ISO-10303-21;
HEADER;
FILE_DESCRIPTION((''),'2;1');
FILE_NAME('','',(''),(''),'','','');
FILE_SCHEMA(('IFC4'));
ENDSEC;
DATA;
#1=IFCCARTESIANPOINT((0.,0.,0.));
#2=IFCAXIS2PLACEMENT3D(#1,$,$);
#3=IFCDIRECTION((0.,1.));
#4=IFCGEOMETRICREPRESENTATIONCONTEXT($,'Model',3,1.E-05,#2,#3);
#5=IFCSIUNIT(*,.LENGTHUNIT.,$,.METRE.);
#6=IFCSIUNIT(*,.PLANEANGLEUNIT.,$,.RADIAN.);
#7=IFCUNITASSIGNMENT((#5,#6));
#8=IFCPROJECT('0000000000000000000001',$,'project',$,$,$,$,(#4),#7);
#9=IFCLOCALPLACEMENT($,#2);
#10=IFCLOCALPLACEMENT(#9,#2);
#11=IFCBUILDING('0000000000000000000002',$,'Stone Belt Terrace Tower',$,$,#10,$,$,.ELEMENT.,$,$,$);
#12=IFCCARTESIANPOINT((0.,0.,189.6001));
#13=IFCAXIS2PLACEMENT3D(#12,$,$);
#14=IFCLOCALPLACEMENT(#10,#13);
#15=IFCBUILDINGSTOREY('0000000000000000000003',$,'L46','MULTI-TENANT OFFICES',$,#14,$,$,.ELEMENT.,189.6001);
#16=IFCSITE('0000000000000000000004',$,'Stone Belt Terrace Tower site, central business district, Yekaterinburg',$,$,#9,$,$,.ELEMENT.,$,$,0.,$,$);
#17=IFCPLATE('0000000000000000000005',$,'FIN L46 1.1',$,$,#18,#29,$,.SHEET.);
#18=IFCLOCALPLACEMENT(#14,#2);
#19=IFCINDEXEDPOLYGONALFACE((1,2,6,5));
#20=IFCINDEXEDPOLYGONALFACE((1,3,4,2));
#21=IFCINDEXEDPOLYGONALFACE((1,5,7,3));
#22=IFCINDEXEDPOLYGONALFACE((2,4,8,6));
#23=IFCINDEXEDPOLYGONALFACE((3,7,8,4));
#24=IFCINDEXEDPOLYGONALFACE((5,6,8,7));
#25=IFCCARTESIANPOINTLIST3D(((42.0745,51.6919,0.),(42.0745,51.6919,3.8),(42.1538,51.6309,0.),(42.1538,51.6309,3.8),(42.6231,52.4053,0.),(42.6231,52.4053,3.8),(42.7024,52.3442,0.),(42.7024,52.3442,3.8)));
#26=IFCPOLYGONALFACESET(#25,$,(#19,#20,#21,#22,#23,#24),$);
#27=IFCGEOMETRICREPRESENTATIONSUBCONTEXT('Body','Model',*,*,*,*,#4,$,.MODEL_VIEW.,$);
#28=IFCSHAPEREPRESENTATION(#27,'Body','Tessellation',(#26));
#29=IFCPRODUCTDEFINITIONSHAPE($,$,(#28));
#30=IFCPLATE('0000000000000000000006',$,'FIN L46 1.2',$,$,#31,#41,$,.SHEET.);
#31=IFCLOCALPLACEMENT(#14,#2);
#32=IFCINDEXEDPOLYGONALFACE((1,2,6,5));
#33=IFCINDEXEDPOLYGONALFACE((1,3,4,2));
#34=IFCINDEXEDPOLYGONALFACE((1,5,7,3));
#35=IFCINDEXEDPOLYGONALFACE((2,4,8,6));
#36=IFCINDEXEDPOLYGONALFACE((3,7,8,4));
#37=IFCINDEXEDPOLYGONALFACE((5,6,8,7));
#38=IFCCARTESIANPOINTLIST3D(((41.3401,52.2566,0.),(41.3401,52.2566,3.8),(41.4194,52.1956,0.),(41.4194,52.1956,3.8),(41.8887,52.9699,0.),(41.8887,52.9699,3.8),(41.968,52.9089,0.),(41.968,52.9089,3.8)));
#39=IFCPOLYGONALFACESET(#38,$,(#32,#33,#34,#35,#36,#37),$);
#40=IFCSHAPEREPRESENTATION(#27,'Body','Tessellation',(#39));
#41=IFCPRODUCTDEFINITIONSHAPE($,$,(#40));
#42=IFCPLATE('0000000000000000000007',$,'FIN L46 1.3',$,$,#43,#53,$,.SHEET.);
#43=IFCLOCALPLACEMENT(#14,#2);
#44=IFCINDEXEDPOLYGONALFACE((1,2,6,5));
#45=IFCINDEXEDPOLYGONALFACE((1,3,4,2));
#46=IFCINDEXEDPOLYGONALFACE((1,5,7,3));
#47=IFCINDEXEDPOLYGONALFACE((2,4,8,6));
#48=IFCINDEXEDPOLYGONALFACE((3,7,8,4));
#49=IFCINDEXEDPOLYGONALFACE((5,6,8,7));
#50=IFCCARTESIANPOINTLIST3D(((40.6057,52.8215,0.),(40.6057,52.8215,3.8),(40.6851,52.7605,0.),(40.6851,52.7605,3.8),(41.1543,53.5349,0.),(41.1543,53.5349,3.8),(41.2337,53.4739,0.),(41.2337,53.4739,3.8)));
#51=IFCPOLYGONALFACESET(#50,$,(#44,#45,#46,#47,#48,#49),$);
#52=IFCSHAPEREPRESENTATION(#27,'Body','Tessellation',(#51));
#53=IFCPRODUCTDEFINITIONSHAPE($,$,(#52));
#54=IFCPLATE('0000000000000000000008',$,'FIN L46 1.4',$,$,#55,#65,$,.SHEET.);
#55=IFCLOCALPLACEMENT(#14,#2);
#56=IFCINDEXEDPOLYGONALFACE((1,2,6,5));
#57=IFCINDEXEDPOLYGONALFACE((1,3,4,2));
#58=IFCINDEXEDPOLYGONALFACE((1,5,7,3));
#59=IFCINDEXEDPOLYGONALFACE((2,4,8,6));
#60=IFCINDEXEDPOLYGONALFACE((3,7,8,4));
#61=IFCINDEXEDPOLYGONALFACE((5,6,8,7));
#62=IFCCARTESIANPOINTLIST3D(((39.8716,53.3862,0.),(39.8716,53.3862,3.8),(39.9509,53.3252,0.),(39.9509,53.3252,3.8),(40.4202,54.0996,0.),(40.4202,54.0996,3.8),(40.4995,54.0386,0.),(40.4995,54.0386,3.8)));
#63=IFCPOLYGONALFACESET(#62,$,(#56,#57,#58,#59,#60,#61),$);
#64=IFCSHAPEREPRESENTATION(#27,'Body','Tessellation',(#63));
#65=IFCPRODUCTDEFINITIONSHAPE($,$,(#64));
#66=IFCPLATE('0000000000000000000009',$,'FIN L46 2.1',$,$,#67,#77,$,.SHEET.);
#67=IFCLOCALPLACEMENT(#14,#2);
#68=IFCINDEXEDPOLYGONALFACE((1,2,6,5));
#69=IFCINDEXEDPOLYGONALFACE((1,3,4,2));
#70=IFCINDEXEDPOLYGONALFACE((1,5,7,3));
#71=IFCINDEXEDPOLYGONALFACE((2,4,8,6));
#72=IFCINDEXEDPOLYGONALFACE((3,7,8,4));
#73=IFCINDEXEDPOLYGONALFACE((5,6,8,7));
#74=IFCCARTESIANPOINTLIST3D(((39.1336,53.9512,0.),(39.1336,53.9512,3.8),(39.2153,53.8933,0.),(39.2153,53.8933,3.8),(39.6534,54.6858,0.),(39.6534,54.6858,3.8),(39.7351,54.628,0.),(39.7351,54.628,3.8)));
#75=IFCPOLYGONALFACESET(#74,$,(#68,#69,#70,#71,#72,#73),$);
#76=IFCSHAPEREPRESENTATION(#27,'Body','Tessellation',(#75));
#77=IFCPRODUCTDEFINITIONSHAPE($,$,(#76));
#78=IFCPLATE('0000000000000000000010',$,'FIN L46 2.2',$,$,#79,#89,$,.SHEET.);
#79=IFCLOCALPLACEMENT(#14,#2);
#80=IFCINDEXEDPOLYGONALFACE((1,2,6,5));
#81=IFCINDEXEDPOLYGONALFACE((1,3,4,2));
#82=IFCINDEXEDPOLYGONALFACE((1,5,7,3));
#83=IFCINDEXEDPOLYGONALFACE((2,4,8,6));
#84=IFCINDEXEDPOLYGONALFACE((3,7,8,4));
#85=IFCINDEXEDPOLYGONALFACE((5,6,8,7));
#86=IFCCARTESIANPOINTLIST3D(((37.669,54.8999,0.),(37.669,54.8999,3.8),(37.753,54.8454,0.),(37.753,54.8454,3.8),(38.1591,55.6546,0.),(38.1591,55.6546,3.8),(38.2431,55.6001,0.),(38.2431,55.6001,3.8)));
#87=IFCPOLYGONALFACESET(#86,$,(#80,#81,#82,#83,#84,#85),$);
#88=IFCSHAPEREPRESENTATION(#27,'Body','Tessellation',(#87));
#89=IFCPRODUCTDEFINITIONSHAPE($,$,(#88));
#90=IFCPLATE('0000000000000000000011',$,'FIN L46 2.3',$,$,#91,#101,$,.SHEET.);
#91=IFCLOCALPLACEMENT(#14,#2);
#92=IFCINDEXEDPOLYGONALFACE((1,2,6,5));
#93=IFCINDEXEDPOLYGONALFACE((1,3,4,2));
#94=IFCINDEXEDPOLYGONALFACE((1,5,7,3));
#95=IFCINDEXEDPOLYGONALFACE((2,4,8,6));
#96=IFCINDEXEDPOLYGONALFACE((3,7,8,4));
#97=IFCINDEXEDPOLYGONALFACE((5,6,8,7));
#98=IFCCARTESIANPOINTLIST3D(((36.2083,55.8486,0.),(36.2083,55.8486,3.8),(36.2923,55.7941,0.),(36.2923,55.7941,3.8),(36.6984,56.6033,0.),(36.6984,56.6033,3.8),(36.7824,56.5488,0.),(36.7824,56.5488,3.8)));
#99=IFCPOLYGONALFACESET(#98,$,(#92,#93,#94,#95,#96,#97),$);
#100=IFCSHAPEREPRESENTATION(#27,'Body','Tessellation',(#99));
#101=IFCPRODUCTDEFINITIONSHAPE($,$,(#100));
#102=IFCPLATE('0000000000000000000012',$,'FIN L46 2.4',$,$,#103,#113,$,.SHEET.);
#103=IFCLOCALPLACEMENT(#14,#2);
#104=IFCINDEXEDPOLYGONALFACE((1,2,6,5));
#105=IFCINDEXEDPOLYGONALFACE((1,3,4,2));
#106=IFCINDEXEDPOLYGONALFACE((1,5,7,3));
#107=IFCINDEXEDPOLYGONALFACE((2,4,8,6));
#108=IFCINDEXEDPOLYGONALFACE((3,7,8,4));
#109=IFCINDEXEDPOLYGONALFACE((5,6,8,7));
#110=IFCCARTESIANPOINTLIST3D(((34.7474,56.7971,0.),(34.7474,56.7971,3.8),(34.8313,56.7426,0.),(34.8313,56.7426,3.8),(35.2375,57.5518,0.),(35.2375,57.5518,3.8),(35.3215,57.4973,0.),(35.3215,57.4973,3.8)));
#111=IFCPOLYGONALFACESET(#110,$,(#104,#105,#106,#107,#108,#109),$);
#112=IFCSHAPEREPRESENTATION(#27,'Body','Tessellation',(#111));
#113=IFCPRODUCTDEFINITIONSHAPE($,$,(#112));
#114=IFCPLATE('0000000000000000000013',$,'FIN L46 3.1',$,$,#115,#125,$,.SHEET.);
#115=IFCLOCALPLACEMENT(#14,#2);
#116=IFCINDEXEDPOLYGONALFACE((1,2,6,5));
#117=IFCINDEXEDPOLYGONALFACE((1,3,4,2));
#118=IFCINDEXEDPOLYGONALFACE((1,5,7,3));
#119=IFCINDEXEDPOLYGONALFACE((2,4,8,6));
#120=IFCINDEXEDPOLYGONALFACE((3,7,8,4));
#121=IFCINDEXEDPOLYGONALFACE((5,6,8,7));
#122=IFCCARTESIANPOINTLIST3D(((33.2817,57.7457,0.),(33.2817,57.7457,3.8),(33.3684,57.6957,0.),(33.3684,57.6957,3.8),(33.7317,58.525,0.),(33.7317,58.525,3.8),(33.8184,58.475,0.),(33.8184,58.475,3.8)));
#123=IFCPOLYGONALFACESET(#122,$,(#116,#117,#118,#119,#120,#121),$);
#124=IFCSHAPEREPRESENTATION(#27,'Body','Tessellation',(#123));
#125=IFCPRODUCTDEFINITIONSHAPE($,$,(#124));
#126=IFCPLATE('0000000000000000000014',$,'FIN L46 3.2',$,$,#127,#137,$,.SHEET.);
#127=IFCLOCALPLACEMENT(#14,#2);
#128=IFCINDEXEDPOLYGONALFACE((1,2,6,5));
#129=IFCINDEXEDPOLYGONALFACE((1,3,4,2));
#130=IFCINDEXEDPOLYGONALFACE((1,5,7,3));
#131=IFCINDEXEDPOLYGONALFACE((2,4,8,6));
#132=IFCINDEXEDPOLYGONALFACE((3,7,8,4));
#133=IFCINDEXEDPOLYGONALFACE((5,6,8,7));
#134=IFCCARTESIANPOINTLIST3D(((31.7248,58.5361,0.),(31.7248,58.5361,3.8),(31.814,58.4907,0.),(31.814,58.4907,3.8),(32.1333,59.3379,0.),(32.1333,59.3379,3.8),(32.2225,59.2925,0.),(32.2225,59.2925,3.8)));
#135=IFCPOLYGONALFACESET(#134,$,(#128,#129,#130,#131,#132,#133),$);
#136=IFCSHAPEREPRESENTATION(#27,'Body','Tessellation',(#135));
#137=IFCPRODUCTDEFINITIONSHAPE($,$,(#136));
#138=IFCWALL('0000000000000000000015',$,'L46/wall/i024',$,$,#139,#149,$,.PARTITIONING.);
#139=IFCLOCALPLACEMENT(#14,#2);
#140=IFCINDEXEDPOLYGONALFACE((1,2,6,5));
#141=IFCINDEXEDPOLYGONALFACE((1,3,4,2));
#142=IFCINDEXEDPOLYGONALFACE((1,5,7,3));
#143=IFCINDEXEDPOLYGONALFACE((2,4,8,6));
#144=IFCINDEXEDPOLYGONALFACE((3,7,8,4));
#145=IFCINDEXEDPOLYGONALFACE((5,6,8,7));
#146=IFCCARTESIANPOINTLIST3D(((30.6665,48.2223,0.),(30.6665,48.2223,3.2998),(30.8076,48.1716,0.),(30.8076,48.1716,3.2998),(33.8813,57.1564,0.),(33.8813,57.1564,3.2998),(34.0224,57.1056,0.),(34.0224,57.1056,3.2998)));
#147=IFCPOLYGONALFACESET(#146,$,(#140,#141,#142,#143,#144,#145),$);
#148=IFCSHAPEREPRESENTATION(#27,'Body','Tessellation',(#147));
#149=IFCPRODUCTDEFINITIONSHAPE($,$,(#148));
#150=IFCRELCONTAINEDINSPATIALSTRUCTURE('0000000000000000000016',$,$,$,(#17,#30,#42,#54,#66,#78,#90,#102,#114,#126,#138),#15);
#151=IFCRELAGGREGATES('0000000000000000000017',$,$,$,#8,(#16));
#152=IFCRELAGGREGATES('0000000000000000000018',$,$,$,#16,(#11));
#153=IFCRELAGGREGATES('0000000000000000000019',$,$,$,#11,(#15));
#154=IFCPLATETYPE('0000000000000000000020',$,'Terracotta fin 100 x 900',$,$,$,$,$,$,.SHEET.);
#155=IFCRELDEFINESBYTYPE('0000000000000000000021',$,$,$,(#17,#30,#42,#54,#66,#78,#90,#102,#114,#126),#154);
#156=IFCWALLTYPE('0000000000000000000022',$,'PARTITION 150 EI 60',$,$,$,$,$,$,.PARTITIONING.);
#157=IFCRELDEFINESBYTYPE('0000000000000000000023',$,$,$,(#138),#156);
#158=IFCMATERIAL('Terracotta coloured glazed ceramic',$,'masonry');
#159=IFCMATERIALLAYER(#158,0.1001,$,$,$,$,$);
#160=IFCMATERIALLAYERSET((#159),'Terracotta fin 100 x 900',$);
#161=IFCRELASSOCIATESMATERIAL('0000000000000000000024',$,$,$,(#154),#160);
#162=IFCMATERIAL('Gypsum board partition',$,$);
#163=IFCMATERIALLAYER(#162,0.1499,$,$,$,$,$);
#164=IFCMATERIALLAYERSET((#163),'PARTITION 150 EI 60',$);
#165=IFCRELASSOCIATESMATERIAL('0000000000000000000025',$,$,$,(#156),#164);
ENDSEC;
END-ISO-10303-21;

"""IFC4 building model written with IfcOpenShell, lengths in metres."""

from ifc_helpers import new_model, si_unit, direction, frame, frame_2d, origin, origin_2d, place, context, subcontext, project, spatial, rectangle, extrude, material, layer, layer_set, type_object, element, save


model = new_model("IFC4")

# Units and contexts
model_context = context("Model", 3, precision=1e-05, world=origin(), true_north=direction((0.0, 1.0)))
body_context = subcontext(model_context, "Body", "Model", "MODEL_VIEW")
ifc_project = project(units=[si_unit("LENGTHUNIT", "METRE"), si_unit("PLANEANGLEUNIT", "RADIAN")], contexts=[model_context])

# Site, building, storey
site_placement = place(None, origin())
site = spatial("IfcSite", under=ifc_project, at=site_placement, Name="Stone Belt Terrace Tower site, central business district, Yekaterinburg", CompositionType="ELEMENT", RefElevation=0.0)
building_placement = place(site_placement, origin())
building = spatial("IfcBuilding", under=site, at=building_placement, Name="Stone Belt Terrace Tower", CompositionType="ELEMENT")
storey_placement = place(building_placement, frame((0.0, 0.0, 189.6001)))
storey = spatial("IfcBuildingStorey", under=building, at=storey_placement, Name="L46", Description="MULTI-TENANT OFFICES", CompositionType="ELEMENT", Elevation=189.6001)

# Plates
ifc_material_1 = material(Name="Terracotta coloured glazed ceramic", Category="masonry")
ifc_layer_1 = layer(ifc_material_1, 0.1001)
ifc_layer_set_1 = layer_set([ifc_layer_1], Name="Terracotta fin 100 x 900")
plate_type_1 = type_object("IfcPlateType", Name="Terracotta fin 100 x 900", PredefinedType="SHEET", material=ifc_layer_set_1)
for number, where, z_axis, x_axis, name in (
    (1, (42.3884, 52.0181, 0.0), (0.0, 0.0, 1.0), (0.60962, 0.792694, 0.0), "FIN L46 1.1"),
    (2, (41.6541, 52.5828, 0.0), (0.0, 0.0, 1.0), (0.60962, 0.792694, 0.0), "FIN L46 1.2"),
    (3, (40.9197, 53.1477, 0.0), (0.0, 0.0, 1.0), (0.60962, 0.792694, 0.0), "FIN L46 1.3"),
    (4, (40.1855, 53.7124, 0.0), (0.0, 0.0, 1.0), (0.60962, 0.792694, 0.0), "FIN L46 1.4"),
    (5, (39.4343, 54.2896, 0.0), (0.0, 0.0, 1.0), (0.577587, 0.816329, 0.0), "FIN L46 2.1"),
    (6, (37.9561, 55.25, 0.0), (0.0, 0.0, 1.0), (0.544639, 0.838671, 0.0), "FIN L46 2.2"),
    (7, (36.4954, 56.1987, 0.0), (0.0, 0.0, 1.0), (0.544639, 0.838671, 0.0), "FIN L46 2.3"),
    (8, (35.0344, 57.1472, 0.0), (0.0, 0.0, 1.0), (0.544639, 0.838671, 0.0), "FIN L46 2.4"),
    (9, (33.55, 58.1104, 0.0), (0.0, 0.0, 1.0), (0.5, 0.866025, 0.0), "FIN L46 3.1"),
    (10, (31.9736, 58.9143, 0.0), (0.0, 0.0, 1.0), (0.45399, 0.891007, 0.0), "FIN L46 3.2"),
):
    element("IfcPlate", number, at=place(storey_placement, frame(where, z_axis=z_axis, x_axis=x_axis)), inside=storey, type_object=plate_type_1, Name=name, PredefinedType="SHEET", context=body_context, shape_type="SweptSolid", body=[
        extrude(rectangle(XDim=0.8999, YDim=0.1001, at=origin_2d()), origin(), (0.0, 0.0, 1.0), 3.8),
    ])

# Wall
ifc_material_2 = material(Name="Gypsum board partition")
ifc_layer_2 = layer(ifc_material_2, 0.1499)
ifc_layer_set_2 = layer_set([ifc_layer_2], Name="PARTITION 150 EI 60")
wall_type = type_object("IfcWallType", Name="PARTITION 150 EI 60", PredefinedType="PARTITIONING", material=ifc_layer_set_2)
wall_placement = place(storey_placement, frame((33.9519, 57.1311, 0.0), z_axis=(0.0, 0.0, 1.0), x_axis=(-0.338587, -0.940935, 0.0)))
element("IfcWall", 11, at=wall_placement, inside=storey, type_object=wall_type, Name="L46/wall/i024", PredefinedType="PARTITIONING", context=body_context, shape_type="SweptSolid", body=[
    extrude(rectangle(XDim=9.4949, YDim=0.1499, at=frame_2d((4.7476, 0.0))), origin(), (0.0, 0.0, 1.0), 3.2998),
])

save(model, "model.ifc")
